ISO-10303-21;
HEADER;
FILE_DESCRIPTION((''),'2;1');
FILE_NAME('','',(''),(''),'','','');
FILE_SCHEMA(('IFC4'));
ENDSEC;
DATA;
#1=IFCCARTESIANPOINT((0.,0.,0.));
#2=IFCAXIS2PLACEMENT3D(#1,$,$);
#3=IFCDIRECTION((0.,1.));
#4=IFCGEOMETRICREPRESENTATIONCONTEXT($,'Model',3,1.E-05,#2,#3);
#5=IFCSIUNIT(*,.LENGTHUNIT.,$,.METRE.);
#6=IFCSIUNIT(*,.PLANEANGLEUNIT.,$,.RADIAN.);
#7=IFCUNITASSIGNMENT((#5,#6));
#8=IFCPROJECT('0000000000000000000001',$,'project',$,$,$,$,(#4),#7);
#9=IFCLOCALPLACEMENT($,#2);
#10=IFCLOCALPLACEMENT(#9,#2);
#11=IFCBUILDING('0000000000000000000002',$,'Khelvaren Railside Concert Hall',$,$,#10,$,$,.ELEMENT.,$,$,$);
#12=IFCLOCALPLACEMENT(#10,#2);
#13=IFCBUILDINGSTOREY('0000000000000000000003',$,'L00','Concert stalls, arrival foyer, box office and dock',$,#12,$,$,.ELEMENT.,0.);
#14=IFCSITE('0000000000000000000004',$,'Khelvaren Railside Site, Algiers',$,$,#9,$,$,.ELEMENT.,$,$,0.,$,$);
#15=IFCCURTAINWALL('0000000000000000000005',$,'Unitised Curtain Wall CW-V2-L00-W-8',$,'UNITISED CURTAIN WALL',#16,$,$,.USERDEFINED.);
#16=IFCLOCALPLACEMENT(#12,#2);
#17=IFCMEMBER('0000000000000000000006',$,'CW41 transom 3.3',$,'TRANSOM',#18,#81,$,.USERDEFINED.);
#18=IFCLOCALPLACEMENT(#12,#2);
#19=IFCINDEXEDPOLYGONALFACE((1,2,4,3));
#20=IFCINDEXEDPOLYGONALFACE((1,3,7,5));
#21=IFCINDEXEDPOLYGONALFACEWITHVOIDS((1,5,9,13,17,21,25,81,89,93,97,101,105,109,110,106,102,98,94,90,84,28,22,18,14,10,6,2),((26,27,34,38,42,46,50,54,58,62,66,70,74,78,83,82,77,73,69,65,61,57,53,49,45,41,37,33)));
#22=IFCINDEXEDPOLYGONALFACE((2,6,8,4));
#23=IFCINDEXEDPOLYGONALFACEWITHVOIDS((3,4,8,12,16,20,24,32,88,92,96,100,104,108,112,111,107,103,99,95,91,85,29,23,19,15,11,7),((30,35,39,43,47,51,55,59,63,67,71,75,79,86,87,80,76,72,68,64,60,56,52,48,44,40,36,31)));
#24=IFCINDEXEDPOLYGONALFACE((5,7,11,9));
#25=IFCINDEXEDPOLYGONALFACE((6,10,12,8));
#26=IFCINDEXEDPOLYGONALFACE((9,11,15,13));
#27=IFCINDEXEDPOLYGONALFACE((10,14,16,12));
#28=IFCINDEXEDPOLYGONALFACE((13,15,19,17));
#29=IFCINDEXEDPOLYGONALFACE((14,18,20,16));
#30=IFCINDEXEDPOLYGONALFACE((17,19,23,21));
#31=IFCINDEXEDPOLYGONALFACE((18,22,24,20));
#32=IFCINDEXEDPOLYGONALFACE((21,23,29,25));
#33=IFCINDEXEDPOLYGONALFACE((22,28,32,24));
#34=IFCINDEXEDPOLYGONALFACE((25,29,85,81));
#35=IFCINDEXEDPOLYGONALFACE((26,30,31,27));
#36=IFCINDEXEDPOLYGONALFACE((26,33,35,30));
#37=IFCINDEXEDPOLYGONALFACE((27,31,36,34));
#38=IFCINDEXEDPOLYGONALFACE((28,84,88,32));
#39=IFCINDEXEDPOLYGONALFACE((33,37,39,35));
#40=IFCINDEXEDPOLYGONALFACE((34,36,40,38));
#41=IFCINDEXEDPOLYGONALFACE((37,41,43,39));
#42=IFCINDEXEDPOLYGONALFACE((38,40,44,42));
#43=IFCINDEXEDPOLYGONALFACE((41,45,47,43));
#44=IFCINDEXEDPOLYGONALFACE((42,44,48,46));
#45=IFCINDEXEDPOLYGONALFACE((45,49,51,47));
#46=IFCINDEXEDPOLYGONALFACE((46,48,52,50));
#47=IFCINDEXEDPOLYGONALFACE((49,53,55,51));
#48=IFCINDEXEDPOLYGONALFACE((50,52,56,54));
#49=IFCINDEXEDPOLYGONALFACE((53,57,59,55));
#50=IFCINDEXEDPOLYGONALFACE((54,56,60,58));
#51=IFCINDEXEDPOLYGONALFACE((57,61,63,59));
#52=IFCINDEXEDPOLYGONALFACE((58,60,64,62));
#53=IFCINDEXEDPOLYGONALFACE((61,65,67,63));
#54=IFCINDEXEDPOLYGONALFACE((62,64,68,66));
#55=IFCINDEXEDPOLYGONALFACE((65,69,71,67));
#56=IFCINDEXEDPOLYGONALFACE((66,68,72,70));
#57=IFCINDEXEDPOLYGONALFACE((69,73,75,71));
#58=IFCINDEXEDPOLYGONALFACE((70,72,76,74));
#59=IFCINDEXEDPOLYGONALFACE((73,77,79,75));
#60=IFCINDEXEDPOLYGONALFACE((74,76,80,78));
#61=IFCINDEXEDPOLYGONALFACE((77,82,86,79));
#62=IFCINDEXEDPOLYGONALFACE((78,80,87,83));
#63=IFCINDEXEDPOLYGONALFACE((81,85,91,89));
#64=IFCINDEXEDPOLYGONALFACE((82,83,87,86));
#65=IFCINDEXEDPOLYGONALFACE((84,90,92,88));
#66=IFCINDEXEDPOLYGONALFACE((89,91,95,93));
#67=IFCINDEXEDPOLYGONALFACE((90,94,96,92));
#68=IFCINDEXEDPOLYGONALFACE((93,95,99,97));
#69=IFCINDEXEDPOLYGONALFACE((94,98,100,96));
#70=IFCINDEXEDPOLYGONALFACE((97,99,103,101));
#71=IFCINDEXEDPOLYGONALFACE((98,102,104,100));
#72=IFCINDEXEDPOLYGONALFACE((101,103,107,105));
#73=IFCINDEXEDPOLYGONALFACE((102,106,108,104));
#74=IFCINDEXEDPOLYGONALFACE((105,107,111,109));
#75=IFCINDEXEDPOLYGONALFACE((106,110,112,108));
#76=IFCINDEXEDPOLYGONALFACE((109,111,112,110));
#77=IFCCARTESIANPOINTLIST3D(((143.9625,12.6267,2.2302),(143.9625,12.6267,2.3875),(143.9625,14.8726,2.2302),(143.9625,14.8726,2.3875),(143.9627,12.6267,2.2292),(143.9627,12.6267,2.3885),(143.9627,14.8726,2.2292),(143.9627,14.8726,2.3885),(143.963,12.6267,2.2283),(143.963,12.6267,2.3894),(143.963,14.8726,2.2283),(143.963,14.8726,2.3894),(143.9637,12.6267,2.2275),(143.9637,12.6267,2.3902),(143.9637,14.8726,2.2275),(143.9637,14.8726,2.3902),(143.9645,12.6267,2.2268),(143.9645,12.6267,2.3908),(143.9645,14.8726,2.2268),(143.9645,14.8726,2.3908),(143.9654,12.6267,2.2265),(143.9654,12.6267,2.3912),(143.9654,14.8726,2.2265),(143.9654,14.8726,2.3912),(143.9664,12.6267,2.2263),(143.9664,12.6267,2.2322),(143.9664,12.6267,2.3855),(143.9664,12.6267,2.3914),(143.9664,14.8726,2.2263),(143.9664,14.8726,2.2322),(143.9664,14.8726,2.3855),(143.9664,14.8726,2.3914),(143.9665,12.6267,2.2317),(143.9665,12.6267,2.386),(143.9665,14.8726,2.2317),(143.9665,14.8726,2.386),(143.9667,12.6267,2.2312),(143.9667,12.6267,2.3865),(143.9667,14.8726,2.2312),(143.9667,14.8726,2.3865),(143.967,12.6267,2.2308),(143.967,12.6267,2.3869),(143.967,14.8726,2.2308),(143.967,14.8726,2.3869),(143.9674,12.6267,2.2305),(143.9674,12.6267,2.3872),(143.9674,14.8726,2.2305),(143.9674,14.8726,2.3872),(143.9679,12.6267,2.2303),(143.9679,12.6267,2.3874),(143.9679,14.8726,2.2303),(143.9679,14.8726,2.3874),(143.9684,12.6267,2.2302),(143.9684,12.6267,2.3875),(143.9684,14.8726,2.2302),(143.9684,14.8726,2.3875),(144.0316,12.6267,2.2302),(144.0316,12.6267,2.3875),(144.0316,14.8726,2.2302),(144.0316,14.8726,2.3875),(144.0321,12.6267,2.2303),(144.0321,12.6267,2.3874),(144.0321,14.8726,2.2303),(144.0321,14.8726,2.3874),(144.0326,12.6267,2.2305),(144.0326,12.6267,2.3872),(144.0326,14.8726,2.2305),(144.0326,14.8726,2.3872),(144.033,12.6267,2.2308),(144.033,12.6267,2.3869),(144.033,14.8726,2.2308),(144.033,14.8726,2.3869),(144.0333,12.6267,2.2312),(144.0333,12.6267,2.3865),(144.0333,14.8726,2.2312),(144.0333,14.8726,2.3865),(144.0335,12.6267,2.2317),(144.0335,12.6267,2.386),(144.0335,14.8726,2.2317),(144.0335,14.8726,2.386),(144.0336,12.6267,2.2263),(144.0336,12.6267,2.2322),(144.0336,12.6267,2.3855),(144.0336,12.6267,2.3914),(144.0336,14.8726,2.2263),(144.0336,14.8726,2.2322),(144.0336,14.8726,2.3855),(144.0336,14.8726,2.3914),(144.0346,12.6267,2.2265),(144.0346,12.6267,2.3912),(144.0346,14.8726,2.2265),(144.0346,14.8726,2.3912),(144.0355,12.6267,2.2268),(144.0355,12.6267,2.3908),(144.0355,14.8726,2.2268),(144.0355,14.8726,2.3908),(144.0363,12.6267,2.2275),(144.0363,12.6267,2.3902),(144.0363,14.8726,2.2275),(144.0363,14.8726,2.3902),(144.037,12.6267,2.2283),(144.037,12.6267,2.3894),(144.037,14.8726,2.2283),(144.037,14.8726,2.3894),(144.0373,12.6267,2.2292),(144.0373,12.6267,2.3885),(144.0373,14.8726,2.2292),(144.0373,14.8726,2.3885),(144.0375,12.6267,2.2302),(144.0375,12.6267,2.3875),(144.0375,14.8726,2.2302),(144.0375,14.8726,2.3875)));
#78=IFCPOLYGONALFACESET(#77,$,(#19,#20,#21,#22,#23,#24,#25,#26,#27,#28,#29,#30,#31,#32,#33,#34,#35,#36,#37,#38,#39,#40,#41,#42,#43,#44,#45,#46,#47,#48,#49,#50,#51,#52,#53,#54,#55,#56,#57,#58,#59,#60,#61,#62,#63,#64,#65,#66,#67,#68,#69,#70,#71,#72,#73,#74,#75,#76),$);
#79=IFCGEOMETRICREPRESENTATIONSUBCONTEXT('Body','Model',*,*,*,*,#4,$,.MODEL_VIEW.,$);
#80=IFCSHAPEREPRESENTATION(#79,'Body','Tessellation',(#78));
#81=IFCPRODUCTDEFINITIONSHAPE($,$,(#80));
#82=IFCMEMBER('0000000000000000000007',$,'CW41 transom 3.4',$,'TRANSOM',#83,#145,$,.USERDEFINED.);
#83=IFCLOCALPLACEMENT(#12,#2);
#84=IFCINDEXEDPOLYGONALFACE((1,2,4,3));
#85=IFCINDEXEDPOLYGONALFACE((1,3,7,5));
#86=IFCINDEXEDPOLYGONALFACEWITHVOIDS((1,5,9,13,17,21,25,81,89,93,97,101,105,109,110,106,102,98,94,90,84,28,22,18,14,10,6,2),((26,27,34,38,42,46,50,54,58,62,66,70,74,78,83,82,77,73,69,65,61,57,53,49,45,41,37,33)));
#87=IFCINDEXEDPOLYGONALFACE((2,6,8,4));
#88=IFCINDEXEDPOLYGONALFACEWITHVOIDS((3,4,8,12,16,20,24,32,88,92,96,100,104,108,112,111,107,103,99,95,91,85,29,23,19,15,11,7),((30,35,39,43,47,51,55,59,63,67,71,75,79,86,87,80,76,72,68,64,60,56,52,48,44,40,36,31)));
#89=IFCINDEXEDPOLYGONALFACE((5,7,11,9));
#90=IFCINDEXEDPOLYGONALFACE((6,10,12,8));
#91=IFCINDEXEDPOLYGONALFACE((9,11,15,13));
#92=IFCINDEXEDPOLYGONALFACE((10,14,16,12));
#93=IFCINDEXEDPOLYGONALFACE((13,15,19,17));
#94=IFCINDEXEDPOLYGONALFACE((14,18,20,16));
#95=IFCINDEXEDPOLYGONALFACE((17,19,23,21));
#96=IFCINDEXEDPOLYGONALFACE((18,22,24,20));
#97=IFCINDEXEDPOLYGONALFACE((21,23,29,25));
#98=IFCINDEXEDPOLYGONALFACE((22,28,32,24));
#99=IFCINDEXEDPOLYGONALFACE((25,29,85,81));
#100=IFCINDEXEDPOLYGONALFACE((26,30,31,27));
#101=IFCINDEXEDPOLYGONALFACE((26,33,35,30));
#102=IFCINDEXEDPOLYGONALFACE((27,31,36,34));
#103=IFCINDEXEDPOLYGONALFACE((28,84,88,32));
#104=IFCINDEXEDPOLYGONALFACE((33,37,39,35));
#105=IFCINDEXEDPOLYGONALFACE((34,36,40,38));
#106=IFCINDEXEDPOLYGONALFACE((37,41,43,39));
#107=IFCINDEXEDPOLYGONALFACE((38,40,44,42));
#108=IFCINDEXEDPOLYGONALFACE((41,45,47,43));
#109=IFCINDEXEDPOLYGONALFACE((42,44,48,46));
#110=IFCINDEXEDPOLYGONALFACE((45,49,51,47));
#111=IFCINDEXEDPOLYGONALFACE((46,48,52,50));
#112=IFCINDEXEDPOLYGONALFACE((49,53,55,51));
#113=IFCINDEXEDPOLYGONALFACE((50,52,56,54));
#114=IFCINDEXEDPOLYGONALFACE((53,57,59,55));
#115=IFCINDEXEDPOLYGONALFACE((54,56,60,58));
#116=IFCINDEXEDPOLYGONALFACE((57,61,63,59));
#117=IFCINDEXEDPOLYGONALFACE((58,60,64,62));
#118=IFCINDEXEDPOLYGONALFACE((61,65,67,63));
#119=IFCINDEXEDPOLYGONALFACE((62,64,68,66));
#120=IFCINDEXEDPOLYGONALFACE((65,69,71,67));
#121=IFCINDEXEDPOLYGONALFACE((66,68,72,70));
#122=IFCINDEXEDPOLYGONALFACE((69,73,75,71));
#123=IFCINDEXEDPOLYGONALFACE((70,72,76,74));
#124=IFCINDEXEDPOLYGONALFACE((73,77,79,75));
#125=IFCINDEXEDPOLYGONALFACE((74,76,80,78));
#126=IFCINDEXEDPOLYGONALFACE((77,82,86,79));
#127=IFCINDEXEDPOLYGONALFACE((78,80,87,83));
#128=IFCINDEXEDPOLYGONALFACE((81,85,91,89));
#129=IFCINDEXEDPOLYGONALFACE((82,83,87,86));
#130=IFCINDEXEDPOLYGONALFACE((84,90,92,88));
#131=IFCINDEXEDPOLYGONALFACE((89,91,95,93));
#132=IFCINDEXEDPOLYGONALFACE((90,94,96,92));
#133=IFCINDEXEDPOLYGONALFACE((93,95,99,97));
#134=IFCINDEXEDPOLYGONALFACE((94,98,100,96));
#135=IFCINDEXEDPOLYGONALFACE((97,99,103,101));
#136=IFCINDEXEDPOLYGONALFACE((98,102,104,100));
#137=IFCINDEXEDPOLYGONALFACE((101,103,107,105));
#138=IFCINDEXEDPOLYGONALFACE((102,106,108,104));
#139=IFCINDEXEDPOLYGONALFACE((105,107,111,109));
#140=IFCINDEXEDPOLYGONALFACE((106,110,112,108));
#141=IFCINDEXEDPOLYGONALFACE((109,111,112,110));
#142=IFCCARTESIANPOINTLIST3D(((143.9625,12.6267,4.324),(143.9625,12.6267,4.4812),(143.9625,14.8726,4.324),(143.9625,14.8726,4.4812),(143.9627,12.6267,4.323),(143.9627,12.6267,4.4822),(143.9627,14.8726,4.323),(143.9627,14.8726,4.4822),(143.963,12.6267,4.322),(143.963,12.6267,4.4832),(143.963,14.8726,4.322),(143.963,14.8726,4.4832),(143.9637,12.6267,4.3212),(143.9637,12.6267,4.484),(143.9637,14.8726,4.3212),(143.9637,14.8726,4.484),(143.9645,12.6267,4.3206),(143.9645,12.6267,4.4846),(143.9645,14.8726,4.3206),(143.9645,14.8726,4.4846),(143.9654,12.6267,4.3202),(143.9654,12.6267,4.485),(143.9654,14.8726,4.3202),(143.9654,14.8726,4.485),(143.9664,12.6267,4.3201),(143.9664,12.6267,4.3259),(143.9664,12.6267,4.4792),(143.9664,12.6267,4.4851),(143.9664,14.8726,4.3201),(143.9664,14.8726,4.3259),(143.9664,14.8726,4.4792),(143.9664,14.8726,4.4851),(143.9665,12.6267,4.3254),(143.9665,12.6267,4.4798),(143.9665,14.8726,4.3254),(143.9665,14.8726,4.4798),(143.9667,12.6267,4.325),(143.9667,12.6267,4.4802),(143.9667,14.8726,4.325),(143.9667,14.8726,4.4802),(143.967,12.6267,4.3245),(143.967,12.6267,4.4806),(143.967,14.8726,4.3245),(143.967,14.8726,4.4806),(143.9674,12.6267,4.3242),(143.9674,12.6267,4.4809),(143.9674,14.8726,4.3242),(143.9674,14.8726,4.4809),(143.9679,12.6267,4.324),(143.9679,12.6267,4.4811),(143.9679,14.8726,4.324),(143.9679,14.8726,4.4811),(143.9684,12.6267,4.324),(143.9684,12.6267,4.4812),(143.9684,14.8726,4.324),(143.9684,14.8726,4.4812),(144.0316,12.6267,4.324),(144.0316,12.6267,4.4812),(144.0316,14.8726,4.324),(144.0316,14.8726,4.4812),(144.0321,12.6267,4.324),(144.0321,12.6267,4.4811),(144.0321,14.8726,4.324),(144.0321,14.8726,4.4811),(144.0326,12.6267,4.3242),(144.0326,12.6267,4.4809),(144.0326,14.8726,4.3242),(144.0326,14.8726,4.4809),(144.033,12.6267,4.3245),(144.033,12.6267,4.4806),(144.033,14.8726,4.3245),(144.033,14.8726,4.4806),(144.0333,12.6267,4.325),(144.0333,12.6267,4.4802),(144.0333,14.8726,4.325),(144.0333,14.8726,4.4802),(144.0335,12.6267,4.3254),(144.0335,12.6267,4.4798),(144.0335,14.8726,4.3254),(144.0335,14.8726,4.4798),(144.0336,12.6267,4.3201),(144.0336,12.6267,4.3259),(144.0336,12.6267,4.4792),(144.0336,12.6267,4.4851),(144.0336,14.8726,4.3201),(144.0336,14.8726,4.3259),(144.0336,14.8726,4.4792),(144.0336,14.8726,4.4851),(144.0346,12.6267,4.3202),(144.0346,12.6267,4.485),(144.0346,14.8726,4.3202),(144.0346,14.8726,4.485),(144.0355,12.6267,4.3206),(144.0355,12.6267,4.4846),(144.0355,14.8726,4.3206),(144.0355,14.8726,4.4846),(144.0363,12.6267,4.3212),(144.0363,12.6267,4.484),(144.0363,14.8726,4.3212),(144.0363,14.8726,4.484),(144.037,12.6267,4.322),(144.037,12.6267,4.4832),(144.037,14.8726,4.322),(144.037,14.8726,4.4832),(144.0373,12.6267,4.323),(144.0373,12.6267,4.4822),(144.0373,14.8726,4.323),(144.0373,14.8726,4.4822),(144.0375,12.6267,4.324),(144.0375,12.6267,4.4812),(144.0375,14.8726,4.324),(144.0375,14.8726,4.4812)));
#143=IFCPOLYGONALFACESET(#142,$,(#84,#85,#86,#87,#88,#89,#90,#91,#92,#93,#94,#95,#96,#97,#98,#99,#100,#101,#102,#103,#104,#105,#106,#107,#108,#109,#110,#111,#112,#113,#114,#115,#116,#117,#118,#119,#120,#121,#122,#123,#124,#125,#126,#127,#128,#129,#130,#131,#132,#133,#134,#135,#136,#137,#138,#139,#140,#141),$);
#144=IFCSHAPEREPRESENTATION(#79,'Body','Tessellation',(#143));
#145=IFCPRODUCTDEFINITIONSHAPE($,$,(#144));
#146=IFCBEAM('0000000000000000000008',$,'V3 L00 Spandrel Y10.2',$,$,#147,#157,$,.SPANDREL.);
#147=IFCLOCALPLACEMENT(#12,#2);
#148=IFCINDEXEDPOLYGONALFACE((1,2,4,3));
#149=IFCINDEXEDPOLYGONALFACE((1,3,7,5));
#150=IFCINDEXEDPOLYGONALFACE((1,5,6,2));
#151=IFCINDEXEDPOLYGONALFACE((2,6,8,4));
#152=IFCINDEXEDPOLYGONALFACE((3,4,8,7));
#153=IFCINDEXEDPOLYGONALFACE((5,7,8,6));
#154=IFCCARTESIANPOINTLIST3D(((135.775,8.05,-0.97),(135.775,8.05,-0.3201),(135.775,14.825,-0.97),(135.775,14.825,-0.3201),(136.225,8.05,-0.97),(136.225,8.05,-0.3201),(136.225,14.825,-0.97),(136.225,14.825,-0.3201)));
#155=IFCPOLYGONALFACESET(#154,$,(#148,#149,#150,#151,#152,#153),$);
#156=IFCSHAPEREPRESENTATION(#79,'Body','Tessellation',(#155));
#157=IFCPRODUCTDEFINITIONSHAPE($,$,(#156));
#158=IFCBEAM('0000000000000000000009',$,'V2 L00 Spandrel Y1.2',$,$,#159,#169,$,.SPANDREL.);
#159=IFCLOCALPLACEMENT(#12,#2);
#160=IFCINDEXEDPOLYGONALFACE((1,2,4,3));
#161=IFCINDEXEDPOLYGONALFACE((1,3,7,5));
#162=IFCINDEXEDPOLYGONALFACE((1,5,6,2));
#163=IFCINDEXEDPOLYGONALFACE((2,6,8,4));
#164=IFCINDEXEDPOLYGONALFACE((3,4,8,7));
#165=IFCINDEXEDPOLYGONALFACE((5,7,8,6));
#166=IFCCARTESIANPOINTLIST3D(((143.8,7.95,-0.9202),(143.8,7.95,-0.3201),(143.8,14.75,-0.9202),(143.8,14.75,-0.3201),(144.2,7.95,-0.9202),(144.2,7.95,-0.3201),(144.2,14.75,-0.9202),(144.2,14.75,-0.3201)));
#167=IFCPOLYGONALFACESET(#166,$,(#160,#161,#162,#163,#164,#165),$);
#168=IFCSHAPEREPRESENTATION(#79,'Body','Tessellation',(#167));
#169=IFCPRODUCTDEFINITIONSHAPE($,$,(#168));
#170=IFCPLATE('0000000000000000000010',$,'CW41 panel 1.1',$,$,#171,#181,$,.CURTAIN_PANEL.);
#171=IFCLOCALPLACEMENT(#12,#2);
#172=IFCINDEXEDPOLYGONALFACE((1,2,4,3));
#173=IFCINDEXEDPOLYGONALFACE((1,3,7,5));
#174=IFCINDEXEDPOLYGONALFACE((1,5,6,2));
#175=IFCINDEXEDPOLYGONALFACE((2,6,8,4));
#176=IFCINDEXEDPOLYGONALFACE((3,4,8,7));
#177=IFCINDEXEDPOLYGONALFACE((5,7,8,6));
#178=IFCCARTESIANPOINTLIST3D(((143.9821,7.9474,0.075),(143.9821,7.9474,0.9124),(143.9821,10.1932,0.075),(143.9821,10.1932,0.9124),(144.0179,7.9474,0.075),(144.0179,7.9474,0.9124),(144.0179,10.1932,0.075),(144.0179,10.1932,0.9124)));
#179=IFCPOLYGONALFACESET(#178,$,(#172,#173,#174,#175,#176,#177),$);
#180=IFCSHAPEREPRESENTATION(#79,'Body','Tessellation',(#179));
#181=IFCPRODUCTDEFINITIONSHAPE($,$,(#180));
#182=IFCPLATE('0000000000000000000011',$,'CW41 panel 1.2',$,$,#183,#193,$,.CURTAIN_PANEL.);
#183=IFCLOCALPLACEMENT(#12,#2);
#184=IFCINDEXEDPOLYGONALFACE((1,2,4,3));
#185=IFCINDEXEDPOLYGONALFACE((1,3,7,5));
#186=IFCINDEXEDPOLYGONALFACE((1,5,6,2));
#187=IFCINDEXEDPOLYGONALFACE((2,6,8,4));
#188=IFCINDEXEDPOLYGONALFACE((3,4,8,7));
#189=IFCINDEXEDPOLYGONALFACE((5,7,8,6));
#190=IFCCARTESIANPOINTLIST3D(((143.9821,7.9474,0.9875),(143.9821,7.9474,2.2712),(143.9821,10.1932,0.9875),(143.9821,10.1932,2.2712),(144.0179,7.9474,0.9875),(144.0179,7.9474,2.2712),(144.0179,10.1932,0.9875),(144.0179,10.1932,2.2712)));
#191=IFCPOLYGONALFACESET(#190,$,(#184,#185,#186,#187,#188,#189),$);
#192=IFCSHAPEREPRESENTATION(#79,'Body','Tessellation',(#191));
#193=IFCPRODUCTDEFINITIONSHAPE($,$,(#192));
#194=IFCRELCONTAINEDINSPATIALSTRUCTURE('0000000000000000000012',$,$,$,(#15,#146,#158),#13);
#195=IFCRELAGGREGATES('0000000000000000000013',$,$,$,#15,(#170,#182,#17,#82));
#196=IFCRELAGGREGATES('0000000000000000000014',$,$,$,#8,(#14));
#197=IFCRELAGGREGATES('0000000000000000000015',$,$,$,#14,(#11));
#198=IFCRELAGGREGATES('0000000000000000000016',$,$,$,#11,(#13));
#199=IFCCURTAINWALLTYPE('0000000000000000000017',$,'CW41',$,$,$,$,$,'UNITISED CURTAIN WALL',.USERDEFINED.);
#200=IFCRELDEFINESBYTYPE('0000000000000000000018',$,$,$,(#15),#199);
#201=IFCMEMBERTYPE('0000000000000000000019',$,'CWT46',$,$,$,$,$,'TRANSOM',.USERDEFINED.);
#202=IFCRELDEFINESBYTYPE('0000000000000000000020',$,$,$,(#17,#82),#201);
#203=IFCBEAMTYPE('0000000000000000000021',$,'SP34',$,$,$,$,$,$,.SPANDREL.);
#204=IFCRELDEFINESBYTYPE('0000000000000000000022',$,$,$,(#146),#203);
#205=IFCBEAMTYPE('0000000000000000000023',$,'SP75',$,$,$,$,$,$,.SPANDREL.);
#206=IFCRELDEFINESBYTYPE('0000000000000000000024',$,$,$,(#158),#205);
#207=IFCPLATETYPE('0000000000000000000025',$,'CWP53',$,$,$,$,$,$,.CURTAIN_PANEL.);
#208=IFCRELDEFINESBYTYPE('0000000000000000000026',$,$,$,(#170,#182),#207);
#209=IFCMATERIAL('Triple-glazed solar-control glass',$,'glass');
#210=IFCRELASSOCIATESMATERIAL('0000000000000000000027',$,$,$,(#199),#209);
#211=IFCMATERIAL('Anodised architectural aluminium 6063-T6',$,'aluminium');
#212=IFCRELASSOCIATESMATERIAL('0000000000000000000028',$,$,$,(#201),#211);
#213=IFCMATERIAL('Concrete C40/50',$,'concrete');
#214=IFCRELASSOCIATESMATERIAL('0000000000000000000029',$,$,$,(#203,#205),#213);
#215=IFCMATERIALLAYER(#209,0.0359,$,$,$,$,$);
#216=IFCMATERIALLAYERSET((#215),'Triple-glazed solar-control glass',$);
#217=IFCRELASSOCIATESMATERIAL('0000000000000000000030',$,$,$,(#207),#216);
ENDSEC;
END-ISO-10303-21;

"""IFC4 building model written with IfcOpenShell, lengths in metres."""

from ifc_helpers import new_model, si_unit, direction, frame, origin, origin_2d, place, context, subcontext, project, spatial, rectangle, hollow_rectangle, extrude, material, layer, layer_set, material_profile, profile_set, type_object, element, aggregate, save


model = new_model("IFC4")

# Units and contexts
model_context = context("Model", 3, precision=1e-05, world=origin(), true_north=direction((0.0, 1.0)))
body_context = subcontext(model_context, "Body", "Model", "MODEL_VIEW")
ifc_project = project(units=[si_unit("LENGTHUNIT", "METRE"), si_unit("PLANEANGLEUNIT", "RADIAN")], contexts=[model_context])

# Site, building, storey
site_placement = place(None, origin())
site = spatial("IfcSite", under=ifc_project, at=site_placement, Name="Khelvaren Railside Site, Algiers", CompositionType="ELEMENT", RefElevation=0.0)
building_placement = place(site_placement, origin())
building = spatial("IfcBuilding", under=site, at=building_placement, Name="Khelvaren Railside Concert Hall", CompositionType="ELEMENT")
storey_placement = place(building_placement, origin())
storey = spatial("IfcBuildingStorey", under=building, at=storey_placement, Name="L00", Description="Concert stalls, arrival foyer, box office and dock", CompositionType="ELEMENT", Elevation=0.0)

# Curtain wall, members
ifc_material_1 = material(Name="Triple-glazed solar-control glass", Category="glass")
curtain_wall_type = type_object("IfcCurtainWallType", Name="CW41", ElementType="UNITISED CURTAIN WALL", PredefinedType="USERDEFINED", material=ifc_material_1)
curtain_wall_placement = place(storey_placement, origin())
curtain_wall = element("IfcCurtainWall", 1, at=curtain_wall_placement, inside=storey, type_object=curtain_wall_type, Name="Unitised Curtain Wall CW-V2-L00-W-8", ObjectType="UNITISED CURTAIN WALL", PredefinedType="USERDEFINED")
ifc_material_2 = material(Name="Anodised architectural aluminium 6063-T6", Category="aluminium")
ifc_material_profile_1 = material_profile(ifc_material_2, hollow_rectangle(XDim=0.075, YDim=0.165, WallThickness=0.0039, InnerFilletRadius=0.002, OuterFilletRadius=0.0039, at=origin_2d()), Name="CWT 75x165x4")
ifc_profile_set_1 = profile_set([ifc_material_profile_1], Name="Anodised architectural aluminium 6063-T6")
member_type_1 = type_object("IfcMemberType", Name="CWT46", ElementType="TRANSOM", PredefinedType="USERDEFINED", material=ifc_profile_set_1)
member_1_placement = place(storey_placement, frame((144.0, 12.6267, 2.3088), z_axis=(0.0, 1.0, 0.0), x_axis=(-1.0, 0.0, 0.0)))
member_1 = element("IfcMember", 2, at=member_1_placement, type_object=member_type_1, Name="CW41 transom 3.3", ObjectType="TRANSOM", PredefinedType="USERDEFINED", context=body_context, shape_type="SweptSolid", body=[
    extrude(hollow_rectangle(XDim=0.075, YDim=0.165, WallThickness=0.0039, InnerFilletRadius=0.002, OuterFilletRadius=0.0039, at=origin_2d()), origin(), (0.0, 0.0, 1.0), 2.2458),
])
member_2_placement = place(storey_placement, frame((144.0, 12.6267, 4.4026), z_axis=(0.0, 1.0, 0.0), x_axis=(-1.0, 0.0, 0.0)))
member_2 = element("IfcMember", 3, at=member_2_placement, type_object=member_type_1, Name="CW41 transom 3.4", ObjectType="TRANSOM", PredefinedType="USERDEFINED", context=body_context, shape_type="SweptSolid", body=[
    extrude(hollow_rectangle(XDim=0.075, YDim=0.165, WallThickness=0.0039, InnerFilletRadius=0.002, OuterFilletRadius=0.0039, at=origin_2d()), origin(), (0.0, 0.0, 1.0), 2.2458),
])

# Beams
ifc_material_3 = material(Name="Concrete C40/50", Category="concrete")
ifc_material_profile_2 = material_profile(ifc_material_3, rectangle(XDim=0.45, YDim=0.6499, at=origin_2d()), Name="RCB 450x650")
ifc_profile_set_2 = profile_set([ifc_material_profile_2], Name="Concrete C40/50")
beam_type_1 = type_object("IfcBeamType", Name="SP34", PredefinedType="SPANDREL", material=ifc_profile_set_2)
beam_1_placement = place(storey_placement, frame((136.0, 8.05, -0.645), z_axis=(0.0, 1.0, 0.0), x_axis=(-1.0, 0.0, 0.0)))
element("IfcBeam", 4, at=beam_1_placement, inside=storey, type_object=beam_type_1, Name="V3 L00 Spandrel Y10.2", PredefinedType="SPANDREL", context=body_context, shape_type="SweptSolid", body=[
    extrude(rectangle(XDim=0.45, YDim=0.6499, at=origin_2d()), origin(), (0.0, 0.0, 1.0), 6.7749),
])
ifc_material_profile_3 = material_profile(ifc_material_3, rectangle(XDim=0.3999, YDim=0.6001, at=origin_2d()), Name="RCB 400x600")
ifc_profile_set_3 = profile_set([ifc_material_profile_3], Name="Concrete C40/50")
beam_type_2 = type_object("IfcBeamType", Name="SP75", PredefinedType="SPANDREL", material=ifc_profile_set_3)
beam_2_placement = place(storey_placement, frame((144.0, 7.95, -0.6201), z_axis=(0.0, 1.0, 0.0), x_axis=(-1.0, 0.0, 0.0)))
element("IfcBeam", 5, at=beam_2_placement, inside=storey, type_object=beam_type_2, Name="V2 L00 Spandrel Y1.2", PredefinedType="SPANDREL", context=body_context, shape_type="SweptSolid", body=[
    extrude(rectangle(XDim=0.3999, YDim=0.6001, at=origin_2d()), origin(), (0.0, 0.0, 1.0), 6.8),
])

# Plates
ifc_layer = layer(ifc_material_1, 0.0359)
ifc_layer_set = layer_set([ifc_layer], Name="Triple-glazed solar-control glass")
plate_type = type_object("IfcPlateType", Name="CWP53", PredefinedType="CURTAIN_PANEL", material=ifc_layer_set)
plate_1_placement = place(storey_placement, frame((144.0, 9.0703, 0.075), z_axis=(0.0, 0.0, 1.0), x_axis=(0.0, 1.0, 0.0)))
plate_1 = element("IfcPlate", 6, at=plate_1_placement, type_object=plate_type, Name="CW41 panel 1.1", PredefinedType="CURTAIN_PANEL", context=body_context, shape_type="SweptSolid", body=[
    extrude(rectangle(XDim=2.2458, YDim=0.0359, at=origin_2d()), origin(), (0.0, 0.0, 1.0), 0.8374),
])
plate_2_placement = place(storey_placement, frame((144.0, 9.0703, 0.9875), z_axis=(0.0, 0.0, 1.0), x_axis=(0.0, 1.0, 0.0)))
plate_2 = element("IfcPlate", 7, at=plate_2_placement, type_object=plate_type, Name="CW41 panel 1.2", PredefinedType="CURTAIN_PANEL", context=body_context, shape_type="SweptSolid", body=[
    extrude(rectangle(XDim=2.2458, YDim=0.0359, at=origin_2d()), origin(), (0.0, 0.0, 1.0), 1.2837),
])
aggregate(curtain_wall, [plate_1, plate_2, member_1, member_2])

save(model, "model.ifc")
